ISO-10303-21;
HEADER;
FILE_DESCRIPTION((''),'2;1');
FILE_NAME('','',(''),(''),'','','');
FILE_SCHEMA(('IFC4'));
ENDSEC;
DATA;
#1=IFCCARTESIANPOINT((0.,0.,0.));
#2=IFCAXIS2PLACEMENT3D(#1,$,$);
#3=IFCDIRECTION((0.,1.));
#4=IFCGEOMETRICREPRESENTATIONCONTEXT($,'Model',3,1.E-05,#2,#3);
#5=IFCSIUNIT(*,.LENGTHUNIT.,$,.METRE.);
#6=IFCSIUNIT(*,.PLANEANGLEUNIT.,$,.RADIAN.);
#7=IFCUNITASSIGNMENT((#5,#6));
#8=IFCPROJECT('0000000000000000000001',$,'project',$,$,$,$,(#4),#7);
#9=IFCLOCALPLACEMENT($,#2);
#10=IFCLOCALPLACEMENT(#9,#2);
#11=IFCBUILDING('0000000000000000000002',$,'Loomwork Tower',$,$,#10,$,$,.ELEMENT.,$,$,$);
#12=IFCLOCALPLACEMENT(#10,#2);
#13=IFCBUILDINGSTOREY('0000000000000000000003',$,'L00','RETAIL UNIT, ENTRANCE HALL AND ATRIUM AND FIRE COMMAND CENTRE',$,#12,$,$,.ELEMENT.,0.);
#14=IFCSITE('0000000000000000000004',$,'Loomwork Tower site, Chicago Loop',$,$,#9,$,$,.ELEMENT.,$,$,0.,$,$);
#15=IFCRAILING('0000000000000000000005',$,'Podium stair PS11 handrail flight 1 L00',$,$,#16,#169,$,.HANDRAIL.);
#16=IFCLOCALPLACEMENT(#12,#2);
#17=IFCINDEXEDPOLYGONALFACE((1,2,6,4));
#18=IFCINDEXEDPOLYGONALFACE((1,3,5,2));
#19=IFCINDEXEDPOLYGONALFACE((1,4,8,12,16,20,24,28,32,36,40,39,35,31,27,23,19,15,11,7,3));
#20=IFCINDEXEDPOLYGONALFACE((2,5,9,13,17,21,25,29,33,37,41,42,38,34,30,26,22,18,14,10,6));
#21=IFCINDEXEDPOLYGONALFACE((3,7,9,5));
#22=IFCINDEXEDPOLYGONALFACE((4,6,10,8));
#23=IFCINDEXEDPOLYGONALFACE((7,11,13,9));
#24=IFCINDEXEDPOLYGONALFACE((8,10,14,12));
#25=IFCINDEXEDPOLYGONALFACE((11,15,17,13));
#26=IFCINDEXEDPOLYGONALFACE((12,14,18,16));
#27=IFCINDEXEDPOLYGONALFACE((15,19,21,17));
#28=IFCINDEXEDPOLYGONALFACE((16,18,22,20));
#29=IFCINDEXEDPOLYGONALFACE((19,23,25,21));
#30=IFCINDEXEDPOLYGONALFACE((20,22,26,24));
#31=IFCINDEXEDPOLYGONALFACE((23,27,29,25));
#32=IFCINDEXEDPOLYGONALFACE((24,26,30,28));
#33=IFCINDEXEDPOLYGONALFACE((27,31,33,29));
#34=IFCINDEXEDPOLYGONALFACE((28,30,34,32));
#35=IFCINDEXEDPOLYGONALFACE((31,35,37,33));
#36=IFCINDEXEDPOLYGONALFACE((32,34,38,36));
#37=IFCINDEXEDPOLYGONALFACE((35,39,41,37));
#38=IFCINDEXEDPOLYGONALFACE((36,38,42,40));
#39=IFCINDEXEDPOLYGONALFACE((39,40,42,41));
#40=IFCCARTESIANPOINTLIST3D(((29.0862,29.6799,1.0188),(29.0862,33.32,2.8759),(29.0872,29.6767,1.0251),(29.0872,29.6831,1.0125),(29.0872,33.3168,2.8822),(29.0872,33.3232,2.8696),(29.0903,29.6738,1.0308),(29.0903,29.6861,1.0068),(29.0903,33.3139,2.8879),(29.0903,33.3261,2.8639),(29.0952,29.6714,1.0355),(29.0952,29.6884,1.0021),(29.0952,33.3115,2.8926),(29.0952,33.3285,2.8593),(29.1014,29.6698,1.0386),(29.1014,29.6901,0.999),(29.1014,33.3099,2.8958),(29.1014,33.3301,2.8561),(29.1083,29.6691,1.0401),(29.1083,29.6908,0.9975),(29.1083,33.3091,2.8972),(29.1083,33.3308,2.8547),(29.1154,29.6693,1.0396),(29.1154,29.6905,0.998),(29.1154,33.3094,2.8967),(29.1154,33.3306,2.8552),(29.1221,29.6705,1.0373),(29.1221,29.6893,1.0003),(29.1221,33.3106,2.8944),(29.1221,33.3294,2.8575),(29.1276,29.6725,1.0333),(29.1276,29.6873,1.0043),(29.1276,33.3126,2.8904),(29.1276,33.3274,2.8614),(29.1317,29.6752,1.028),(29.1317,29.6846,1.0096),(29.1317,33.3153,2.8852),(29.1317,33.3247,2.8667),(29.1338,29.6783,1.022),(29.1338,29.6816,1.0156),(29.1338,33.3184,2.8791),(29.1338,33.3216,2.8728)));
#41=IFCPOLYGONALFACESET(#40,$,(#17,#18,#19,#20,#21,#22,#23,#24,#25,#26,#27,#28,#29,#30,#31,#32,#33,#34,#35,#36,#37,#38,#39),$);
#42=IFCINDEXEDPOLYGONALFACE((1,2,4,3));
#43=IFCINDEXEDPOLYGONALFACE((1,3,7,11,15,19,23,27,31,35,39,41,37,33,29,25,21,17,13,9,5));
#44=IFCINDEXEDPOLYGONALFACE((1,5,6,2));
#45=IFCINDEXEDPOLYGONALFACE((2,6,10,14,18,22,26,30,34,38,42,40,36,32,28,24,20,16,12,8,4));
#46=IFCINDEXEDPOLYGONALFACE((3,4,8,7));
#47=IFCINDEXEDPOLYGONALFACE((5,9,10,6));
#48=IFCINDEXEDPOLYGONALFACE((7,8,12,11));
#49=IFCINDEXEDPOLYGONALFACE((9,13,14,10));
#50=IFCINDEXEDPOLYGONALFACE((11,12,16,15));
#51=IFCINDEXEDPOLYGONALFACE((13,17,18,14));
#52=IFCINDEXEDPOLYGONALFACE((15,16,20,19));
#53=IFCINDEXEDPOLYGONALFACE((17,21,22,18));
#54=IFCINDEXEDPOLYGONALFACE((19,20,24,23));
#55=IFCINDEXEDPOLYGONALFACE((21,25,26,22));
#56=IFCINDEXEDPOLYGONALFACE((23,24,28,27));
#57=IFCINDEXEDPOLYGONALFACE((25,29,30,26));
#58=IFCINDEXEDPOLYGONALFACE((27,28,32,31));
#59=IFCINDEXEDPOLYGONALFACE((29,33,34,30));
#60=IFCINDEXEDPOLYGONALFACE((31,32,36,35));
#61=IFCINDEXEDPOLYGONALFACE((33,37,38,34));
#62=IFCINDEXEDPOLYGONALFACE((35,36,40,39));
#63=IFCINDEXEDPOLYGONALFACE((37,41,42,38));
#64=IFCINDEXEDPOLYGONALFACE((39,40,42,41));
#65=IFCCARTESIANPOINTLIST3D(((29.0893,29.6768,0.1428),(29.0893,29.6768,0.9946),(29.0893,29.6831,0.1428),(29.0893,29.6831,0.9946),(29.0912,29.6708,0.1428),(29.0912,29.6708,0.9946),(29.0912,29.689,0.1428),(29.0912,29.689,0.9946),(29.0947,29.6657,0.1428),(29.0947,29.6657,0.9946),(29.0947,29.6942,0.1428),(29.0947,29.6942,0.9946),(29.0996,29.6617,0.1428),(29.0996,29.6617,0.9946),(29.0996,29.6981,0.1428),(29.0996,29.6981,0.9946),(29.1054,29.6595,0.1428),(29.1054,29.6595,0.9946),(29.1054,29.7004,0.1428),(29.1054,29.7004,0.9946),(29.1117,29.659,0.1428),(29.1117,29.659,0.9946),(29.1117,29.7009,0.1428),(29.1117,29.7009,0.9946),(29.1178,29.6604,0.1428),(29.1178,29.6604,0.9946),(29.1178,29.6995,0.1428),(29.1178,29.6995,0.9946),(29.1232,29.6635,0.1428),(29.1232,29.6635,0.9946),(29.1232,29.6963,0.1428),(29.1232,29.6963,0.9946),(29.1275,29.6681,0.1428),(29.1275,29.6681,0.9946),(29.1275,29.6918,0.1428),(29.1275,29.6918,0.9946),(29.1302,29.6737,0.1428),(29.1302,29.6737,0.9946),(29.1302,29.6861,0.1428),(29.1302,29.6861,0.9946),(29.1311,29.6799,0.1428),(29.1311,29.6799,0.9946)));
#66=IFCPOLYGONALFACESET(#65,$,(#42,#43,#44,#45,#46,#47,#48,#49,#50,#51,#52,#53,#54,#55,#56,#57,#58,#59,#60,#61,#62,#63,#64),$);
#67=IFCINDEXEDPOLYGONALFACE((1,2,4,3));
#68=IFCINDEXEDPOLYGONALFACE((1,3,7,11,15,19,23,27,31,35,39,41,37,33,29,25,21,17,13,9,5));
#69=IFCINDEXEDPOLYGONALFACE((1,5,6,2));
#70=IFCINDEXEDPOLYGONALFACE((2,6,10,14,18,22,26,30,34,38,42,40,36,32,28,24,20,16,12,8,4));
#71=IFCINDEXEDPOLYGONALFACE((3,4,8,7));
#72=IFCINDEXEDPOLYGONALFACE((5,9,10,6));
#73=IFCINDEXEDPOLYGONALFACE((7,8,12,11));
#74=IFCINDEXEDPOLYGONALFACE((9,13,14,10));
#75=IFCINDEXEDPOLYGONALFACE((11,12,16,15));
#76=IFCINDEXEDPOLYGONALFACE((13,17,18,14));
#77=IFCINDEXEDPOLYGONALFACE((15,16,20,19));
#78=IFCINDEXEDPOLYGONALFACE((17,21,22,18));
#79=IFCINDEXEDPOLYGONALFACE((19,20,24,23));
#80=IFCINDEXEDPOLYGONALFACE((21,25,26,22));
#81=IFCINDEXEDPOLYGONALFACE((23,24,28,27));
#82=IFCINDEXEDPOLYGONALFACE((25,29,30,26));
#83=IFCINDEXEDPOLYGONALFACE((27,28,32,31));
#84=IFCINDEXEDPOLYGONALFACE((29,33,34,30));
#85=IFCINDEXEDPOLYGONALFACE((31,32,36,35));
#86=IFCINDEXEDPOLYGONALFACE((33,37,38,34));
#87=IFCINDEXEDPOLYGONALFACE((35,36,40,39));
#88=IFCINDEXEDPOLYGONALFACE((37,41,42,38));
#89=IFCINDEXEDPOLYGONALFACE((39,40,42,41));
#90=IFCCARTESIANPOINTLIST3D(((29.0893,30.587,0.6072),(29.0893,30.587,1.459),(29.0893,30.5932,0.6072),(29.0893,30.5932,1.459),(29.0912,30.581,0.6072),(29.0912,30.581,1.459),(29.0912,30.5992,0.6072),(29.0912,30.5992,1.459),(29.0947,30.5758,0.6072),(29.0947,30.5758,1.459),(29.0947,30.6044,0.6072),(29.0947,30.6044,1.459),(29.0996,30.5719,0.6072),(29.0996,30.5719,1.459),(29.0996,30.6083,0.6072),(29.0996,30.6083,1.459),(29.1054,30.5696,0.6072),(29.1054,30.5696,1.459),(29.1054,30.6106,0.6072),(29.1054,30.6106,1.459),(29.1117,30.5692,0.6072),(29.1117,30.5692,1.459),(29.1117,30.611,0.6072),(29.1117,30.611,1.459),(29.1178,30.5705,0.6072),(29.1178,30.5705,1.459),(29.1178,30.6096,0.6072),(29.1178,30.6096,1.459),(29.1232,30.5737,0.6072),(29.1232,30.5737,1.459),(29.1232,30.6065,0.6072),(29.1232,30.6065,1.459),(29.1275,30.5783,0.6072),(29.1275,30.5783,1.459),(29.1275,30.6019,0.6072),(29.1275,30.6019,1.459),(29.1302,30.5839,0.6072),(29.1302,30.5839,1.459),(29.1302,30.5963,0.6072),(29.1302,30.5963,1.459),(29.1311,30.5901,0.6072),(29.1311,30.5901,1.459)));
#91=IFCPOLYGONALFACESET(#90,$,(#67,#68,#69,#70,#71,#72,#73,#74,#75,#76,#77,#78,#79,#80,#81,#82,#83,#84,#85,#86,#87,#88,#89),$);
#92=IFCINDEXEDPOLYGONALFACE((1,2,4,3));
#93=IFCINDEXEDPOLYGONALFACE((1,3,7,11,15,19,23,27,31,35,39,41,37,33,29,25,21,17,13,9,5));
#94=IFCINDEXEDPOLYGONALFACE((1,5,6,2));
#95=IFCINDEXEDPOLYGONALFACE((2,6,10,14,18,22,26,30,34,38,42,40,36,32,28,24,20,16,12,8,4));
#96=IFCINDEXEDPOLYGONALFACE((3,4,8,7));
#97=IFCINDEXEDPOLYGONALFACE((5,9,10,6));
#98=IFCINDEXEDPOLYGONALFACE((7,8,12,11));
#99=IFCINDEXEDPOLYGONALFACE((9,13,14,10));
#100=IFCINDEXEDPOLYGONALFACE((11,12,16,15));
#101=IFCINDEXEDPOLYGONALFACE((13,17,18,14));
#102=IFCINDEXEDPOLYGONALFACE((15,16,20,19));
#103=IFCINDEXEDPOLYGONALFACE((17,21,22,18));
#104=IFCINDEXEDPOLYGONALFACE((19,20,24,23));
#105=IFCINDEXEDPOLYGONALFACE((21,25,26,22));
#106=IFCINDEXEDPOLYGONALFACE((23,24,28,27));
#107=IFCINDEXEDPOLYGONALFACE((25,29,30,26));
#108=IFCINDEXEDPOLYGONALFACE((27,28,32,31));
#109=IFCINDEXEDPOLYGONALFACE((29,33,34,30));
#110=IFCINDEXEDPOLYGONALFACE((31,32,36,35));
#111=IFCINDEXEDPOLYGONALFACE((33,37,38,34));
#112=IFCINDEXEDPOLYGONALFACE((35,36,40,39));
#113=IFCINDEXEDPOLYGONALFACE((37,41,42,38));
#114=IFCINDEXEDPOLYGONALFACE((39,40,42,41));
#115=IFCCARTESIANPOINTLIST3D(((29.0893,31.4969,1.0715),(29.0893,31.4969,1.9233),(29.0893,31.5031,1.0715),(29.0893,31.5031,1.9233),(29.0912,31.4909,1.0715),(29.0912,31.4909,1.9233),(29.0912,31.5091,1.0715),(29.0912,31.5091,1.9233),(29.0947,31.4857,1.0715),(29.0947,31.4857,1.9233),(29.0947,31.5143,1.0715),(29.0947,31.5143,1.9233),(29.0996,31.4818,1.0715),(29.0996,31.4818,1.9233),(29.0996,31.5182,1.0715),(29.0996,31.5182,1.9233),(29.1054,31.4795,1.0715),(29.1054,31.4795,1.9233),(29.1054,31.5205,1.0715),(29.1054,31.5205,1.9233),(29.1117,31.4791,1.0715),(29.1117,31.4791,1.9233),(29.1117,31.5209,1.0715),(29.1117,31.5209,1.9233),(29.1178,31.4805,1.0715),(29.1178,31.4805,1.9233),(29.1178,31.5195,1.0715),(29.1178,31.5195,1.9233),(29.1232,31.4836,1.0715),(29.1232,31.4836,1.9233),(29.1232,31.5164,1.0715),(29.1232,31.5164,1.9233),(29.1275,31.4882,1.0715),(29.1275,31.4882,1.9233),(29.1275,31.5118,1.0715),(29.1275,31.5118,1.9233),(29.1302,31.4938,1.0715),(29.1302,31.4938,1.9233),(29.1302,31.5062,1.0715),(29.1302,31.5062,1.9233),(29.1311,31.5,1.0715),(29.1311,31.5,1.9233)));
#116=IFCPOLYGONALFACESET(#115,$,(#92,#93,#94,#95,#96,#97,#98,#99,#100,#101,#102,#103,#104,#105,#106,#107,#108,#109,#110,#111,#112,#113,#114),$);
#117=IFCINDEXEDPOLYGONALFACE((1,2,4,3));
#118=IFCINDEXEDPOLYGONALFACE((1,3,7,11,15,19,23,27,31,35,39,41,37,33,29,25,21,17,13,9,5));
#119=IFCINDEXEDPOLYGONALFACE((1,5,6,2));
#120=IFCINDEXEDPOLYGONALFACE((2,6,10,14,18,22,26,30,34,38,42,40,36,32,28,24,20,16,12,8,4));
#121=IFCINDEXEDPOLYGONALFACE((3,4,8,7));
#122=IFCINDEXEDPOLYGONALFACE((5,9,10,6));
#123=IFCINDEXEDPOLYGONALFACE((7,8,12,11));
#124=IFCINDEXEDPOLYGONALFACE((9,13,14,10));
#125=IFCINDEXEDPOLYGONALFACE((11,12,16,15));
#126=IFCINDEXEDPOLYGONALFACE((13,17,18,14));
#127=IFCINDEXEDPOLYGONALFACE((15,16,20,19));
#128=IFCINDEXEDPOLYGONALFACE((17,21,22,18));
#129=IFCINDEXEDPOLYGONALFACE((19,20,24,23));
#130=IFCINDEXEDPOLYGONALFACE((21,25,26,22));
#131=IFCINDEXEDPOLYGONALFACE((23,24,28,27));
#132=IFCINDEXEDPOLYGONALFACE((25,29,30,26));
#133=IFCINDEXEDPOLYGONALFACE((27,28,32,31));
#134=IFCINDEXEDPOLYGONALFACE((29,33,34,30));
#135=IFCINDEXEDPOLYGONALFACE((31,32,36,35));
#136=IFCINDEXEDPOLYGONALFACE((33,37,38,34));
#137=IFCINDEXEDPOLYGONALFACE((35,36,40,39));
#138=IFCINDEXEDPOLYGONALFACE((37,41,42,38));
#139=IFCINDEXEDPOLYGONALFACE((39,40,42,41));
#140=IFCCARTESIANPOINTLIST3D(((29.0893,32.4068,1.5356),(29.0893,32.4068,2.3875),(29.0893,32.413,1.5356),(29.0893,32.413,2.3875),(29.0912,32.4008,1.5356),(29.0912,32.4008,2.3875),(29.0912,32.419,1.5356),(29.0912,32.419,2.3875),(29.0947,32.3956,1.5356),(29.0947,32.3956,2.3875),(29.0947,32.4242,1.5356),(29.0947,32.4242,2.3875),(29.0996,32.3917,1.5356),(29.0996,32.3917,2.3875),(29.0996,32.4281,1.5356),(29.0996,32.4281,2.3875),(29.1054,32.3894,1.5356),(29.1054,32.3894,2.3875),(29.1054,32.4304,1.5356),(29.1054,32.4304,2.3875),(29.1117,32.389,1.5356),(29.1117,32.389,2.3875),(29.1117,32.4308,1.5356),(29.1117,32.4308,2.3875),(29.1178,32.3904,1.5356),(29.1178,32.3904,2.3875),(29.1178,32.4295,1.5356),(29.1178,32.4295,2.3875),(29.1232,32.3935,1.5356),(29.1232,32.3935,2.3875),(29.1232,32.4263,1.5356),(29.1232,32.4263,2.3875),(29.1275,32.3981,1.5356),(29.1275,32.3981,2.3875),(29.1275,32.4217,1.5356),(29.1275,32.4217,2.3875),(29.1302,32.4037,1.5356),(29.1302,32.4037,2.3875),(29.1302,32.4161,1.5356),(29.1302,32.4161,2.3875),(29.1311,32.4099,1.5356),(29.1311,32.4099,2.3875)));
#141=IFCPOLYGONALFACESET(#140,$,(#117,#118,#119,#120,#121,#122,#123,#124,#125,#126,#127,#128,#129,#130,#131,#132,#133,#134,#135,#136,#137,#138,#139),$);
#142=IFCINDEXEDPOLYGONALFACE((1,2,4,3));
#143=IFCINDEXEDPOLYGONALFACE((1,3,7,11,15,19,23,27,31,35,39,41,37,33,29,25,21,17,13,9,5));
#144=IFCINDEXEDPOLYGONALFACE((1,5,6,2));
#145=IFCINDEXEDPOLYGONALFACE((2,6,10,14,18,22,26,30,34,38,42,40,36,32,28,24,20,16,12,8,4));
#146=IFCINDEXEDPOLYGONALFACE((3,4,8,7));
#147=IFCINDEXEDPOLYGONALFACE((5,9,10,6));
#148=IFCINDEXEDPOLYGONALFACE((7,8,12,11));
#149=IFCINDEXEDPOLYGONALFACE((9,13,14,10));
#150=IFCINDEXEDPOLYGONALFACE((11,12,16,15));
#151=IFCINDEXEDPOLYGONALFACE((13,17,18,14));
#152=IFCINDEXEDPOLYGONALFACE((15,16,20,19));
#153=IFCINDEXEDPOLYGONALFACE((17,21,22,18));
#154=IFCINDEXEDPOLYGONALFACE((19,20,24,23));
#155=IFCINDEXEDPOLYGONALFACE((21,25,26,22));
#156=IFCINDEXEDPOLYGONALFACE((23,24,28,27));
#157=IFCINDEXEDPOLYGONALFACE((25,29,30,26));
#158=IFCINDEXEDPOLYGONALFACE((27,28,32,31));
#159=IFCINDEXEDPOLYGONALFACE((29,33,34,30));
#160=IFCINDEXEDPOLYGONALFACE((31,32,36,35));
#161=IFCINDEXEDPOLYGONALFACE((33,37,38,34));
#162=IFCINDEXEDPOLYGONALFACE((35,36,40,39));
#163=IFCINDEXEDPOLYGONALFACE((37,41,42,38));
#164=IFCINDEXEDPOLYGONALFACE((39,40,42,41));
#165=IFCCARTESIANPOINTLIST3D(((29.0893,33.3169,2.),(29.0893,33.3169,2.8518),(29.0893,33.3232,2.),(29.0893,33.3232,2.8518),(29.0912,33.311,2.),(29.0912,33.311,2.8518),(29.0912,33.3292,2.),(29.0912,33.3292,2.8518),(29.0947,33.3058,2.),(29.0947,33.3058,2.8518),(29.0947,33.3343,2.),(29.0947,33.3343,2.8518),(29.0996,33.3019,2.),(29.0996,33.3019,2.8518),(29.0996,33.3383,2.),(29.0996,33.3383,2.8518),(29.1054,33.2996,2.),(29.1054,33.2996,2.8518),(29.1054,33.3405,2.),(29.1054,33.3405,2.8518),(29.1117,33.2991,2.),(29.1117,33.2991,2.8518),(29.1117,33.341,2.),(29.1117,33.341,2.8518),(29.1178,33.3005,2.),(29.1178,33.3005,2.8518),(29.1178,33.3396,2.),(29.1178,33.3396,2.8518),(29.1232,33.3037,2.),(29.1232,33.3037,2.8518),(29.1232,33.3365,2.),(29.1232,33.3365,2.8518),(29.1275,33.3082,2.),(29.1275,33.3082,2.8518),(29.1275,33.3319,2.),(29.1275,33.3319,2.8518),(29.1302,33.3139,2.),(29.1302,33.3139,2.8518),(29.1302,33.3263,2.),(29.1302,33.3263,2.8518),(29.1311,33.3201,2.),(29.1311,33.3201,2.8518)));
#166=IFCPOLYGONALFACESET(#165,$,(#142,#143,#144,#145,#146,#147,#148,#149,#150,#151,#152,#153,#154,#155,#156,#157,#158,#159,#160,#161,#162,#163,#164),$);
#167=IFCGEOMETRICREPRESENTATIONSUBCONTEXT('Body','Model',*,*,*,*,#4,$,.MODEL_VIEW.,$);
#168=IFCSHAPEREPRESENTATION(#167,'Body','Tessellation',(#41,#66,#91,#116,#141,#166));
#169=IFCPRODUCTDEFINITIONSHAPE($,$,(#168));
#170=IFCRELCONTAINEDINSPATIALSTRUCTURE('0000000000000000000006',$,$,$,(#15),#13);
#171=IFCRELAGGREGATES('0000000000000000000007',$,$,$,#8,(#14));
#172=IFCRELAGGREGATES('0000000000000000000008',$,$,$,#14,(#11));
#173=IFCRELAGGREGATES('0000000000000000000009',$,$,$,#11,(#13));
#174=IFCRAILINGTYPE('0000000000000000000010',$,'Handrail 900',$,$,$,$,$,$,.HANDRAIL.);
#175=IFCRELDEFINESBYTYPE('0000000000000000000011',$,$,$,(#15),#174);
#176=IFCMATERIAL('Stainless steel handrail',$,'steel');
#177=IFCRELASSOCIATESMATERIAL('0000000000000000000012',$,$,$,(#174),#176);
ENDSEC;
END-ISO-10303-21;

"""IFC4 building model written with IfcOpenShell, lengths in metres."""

from ifc_helpers import new_model, si_unit, direction, frame, origin, origin_2d, place, context, subcontext, project, spatial, circle, extrude, material, type_object, element, save


model = new_model("IFC4")

# Units and contexts
model_context = context("Model", 3, precision=1e-05, world=origin(), true_north=direction((0.0, 1.0)))
body_context = subcontext(model_context, "Body", "Model", "MODEL_VIEW")
ifc_project = project(units=[si_unit("LENGTHUNIT", "METRE"), si_unit("PLANEANGLEUNIT", "RADIAN")], contexts=[model_context])

# Site, building, storey
site_placement = place(None, origin())
site = spatial("IfcSite", under=ifc_project, at=site_placement, Name="Loomwork Tower site, Chicago Loop", CompositionType="ELEMENT", RefElevation=0.0)
building_placement = place(site_placement, origin())
building = spatial("IfcBuilding", under=site, at=building_placement, Name="Loomwork Tower", CompositionType="ELEMENT")
storey_placement = place(building_placement, origin())
storey = spatial("IfcBuildingStorey", under=building, at=storey_placement, Name="L00", Description="RETAIL UNIT, ENTRANCE HALL AND ATRIUM AND FIRE COMMAND CENTRE", CompositionType="ELEMENT", Elevation=0.0)

# Railing
ifc_material_1 = material(Name="Stainless steel handrail", Category="steel")
railing_type = type_object("IfcRailingType", Name="Handrail 900", PredefinedType="HANDRAIL", material=ifc_material_1)
railing_1_placement = place(storey_placement, frame((29.1101, 29.6799, 0.1428)))
element("IfcRailing", 1, at=railing_1_placement, inside=storey, type_object=railing_type, Name="Podium stair PS11 handrail flight 1 L00", PredefinedType="HANDRAIL", context=body_context, shape_type="SweptSolid", body=[
    extrude(circle(Radius=0.0239, at=origin_2d()), frame((0.0, 0.0, 0.876), z_axis=(0.0, 0.890765, 0.454464), x_axis=(-1.0, 0.0, 0.0)), (0.0, 0.0, 1.0), 4.0864),
    extrude(circle(Radius=0.021, at=origin_2d()), origin(), (0.0, 0.0, 1.0), 0.8518),
    extrude(circle(Radius=0.021, at=origin_2d()), frame((0.0, 0.9102, 0.4644)), (0.0, 0.0, 1.0), 0.8518),
    extrude(circle(Radius=0.021, at=origin_2d()), frame((0.0, 1.8201, 0.9287)), (0.0, 0.0, 1.0), 0.8518),
    extrude(circle(Radius=0.021, at=origin_2d()), frame((0.0, 2.73, 1.3928)), (0.0, 0.0, 1.0), 0.8518),
    extrude(circle(Radius=0.021, at=origin_2d()), frame((0.0, 3.6401, 1.8572)), (0.0, 0.0, 1.0), 0.8518),
])

save(model, "model.ifc")
